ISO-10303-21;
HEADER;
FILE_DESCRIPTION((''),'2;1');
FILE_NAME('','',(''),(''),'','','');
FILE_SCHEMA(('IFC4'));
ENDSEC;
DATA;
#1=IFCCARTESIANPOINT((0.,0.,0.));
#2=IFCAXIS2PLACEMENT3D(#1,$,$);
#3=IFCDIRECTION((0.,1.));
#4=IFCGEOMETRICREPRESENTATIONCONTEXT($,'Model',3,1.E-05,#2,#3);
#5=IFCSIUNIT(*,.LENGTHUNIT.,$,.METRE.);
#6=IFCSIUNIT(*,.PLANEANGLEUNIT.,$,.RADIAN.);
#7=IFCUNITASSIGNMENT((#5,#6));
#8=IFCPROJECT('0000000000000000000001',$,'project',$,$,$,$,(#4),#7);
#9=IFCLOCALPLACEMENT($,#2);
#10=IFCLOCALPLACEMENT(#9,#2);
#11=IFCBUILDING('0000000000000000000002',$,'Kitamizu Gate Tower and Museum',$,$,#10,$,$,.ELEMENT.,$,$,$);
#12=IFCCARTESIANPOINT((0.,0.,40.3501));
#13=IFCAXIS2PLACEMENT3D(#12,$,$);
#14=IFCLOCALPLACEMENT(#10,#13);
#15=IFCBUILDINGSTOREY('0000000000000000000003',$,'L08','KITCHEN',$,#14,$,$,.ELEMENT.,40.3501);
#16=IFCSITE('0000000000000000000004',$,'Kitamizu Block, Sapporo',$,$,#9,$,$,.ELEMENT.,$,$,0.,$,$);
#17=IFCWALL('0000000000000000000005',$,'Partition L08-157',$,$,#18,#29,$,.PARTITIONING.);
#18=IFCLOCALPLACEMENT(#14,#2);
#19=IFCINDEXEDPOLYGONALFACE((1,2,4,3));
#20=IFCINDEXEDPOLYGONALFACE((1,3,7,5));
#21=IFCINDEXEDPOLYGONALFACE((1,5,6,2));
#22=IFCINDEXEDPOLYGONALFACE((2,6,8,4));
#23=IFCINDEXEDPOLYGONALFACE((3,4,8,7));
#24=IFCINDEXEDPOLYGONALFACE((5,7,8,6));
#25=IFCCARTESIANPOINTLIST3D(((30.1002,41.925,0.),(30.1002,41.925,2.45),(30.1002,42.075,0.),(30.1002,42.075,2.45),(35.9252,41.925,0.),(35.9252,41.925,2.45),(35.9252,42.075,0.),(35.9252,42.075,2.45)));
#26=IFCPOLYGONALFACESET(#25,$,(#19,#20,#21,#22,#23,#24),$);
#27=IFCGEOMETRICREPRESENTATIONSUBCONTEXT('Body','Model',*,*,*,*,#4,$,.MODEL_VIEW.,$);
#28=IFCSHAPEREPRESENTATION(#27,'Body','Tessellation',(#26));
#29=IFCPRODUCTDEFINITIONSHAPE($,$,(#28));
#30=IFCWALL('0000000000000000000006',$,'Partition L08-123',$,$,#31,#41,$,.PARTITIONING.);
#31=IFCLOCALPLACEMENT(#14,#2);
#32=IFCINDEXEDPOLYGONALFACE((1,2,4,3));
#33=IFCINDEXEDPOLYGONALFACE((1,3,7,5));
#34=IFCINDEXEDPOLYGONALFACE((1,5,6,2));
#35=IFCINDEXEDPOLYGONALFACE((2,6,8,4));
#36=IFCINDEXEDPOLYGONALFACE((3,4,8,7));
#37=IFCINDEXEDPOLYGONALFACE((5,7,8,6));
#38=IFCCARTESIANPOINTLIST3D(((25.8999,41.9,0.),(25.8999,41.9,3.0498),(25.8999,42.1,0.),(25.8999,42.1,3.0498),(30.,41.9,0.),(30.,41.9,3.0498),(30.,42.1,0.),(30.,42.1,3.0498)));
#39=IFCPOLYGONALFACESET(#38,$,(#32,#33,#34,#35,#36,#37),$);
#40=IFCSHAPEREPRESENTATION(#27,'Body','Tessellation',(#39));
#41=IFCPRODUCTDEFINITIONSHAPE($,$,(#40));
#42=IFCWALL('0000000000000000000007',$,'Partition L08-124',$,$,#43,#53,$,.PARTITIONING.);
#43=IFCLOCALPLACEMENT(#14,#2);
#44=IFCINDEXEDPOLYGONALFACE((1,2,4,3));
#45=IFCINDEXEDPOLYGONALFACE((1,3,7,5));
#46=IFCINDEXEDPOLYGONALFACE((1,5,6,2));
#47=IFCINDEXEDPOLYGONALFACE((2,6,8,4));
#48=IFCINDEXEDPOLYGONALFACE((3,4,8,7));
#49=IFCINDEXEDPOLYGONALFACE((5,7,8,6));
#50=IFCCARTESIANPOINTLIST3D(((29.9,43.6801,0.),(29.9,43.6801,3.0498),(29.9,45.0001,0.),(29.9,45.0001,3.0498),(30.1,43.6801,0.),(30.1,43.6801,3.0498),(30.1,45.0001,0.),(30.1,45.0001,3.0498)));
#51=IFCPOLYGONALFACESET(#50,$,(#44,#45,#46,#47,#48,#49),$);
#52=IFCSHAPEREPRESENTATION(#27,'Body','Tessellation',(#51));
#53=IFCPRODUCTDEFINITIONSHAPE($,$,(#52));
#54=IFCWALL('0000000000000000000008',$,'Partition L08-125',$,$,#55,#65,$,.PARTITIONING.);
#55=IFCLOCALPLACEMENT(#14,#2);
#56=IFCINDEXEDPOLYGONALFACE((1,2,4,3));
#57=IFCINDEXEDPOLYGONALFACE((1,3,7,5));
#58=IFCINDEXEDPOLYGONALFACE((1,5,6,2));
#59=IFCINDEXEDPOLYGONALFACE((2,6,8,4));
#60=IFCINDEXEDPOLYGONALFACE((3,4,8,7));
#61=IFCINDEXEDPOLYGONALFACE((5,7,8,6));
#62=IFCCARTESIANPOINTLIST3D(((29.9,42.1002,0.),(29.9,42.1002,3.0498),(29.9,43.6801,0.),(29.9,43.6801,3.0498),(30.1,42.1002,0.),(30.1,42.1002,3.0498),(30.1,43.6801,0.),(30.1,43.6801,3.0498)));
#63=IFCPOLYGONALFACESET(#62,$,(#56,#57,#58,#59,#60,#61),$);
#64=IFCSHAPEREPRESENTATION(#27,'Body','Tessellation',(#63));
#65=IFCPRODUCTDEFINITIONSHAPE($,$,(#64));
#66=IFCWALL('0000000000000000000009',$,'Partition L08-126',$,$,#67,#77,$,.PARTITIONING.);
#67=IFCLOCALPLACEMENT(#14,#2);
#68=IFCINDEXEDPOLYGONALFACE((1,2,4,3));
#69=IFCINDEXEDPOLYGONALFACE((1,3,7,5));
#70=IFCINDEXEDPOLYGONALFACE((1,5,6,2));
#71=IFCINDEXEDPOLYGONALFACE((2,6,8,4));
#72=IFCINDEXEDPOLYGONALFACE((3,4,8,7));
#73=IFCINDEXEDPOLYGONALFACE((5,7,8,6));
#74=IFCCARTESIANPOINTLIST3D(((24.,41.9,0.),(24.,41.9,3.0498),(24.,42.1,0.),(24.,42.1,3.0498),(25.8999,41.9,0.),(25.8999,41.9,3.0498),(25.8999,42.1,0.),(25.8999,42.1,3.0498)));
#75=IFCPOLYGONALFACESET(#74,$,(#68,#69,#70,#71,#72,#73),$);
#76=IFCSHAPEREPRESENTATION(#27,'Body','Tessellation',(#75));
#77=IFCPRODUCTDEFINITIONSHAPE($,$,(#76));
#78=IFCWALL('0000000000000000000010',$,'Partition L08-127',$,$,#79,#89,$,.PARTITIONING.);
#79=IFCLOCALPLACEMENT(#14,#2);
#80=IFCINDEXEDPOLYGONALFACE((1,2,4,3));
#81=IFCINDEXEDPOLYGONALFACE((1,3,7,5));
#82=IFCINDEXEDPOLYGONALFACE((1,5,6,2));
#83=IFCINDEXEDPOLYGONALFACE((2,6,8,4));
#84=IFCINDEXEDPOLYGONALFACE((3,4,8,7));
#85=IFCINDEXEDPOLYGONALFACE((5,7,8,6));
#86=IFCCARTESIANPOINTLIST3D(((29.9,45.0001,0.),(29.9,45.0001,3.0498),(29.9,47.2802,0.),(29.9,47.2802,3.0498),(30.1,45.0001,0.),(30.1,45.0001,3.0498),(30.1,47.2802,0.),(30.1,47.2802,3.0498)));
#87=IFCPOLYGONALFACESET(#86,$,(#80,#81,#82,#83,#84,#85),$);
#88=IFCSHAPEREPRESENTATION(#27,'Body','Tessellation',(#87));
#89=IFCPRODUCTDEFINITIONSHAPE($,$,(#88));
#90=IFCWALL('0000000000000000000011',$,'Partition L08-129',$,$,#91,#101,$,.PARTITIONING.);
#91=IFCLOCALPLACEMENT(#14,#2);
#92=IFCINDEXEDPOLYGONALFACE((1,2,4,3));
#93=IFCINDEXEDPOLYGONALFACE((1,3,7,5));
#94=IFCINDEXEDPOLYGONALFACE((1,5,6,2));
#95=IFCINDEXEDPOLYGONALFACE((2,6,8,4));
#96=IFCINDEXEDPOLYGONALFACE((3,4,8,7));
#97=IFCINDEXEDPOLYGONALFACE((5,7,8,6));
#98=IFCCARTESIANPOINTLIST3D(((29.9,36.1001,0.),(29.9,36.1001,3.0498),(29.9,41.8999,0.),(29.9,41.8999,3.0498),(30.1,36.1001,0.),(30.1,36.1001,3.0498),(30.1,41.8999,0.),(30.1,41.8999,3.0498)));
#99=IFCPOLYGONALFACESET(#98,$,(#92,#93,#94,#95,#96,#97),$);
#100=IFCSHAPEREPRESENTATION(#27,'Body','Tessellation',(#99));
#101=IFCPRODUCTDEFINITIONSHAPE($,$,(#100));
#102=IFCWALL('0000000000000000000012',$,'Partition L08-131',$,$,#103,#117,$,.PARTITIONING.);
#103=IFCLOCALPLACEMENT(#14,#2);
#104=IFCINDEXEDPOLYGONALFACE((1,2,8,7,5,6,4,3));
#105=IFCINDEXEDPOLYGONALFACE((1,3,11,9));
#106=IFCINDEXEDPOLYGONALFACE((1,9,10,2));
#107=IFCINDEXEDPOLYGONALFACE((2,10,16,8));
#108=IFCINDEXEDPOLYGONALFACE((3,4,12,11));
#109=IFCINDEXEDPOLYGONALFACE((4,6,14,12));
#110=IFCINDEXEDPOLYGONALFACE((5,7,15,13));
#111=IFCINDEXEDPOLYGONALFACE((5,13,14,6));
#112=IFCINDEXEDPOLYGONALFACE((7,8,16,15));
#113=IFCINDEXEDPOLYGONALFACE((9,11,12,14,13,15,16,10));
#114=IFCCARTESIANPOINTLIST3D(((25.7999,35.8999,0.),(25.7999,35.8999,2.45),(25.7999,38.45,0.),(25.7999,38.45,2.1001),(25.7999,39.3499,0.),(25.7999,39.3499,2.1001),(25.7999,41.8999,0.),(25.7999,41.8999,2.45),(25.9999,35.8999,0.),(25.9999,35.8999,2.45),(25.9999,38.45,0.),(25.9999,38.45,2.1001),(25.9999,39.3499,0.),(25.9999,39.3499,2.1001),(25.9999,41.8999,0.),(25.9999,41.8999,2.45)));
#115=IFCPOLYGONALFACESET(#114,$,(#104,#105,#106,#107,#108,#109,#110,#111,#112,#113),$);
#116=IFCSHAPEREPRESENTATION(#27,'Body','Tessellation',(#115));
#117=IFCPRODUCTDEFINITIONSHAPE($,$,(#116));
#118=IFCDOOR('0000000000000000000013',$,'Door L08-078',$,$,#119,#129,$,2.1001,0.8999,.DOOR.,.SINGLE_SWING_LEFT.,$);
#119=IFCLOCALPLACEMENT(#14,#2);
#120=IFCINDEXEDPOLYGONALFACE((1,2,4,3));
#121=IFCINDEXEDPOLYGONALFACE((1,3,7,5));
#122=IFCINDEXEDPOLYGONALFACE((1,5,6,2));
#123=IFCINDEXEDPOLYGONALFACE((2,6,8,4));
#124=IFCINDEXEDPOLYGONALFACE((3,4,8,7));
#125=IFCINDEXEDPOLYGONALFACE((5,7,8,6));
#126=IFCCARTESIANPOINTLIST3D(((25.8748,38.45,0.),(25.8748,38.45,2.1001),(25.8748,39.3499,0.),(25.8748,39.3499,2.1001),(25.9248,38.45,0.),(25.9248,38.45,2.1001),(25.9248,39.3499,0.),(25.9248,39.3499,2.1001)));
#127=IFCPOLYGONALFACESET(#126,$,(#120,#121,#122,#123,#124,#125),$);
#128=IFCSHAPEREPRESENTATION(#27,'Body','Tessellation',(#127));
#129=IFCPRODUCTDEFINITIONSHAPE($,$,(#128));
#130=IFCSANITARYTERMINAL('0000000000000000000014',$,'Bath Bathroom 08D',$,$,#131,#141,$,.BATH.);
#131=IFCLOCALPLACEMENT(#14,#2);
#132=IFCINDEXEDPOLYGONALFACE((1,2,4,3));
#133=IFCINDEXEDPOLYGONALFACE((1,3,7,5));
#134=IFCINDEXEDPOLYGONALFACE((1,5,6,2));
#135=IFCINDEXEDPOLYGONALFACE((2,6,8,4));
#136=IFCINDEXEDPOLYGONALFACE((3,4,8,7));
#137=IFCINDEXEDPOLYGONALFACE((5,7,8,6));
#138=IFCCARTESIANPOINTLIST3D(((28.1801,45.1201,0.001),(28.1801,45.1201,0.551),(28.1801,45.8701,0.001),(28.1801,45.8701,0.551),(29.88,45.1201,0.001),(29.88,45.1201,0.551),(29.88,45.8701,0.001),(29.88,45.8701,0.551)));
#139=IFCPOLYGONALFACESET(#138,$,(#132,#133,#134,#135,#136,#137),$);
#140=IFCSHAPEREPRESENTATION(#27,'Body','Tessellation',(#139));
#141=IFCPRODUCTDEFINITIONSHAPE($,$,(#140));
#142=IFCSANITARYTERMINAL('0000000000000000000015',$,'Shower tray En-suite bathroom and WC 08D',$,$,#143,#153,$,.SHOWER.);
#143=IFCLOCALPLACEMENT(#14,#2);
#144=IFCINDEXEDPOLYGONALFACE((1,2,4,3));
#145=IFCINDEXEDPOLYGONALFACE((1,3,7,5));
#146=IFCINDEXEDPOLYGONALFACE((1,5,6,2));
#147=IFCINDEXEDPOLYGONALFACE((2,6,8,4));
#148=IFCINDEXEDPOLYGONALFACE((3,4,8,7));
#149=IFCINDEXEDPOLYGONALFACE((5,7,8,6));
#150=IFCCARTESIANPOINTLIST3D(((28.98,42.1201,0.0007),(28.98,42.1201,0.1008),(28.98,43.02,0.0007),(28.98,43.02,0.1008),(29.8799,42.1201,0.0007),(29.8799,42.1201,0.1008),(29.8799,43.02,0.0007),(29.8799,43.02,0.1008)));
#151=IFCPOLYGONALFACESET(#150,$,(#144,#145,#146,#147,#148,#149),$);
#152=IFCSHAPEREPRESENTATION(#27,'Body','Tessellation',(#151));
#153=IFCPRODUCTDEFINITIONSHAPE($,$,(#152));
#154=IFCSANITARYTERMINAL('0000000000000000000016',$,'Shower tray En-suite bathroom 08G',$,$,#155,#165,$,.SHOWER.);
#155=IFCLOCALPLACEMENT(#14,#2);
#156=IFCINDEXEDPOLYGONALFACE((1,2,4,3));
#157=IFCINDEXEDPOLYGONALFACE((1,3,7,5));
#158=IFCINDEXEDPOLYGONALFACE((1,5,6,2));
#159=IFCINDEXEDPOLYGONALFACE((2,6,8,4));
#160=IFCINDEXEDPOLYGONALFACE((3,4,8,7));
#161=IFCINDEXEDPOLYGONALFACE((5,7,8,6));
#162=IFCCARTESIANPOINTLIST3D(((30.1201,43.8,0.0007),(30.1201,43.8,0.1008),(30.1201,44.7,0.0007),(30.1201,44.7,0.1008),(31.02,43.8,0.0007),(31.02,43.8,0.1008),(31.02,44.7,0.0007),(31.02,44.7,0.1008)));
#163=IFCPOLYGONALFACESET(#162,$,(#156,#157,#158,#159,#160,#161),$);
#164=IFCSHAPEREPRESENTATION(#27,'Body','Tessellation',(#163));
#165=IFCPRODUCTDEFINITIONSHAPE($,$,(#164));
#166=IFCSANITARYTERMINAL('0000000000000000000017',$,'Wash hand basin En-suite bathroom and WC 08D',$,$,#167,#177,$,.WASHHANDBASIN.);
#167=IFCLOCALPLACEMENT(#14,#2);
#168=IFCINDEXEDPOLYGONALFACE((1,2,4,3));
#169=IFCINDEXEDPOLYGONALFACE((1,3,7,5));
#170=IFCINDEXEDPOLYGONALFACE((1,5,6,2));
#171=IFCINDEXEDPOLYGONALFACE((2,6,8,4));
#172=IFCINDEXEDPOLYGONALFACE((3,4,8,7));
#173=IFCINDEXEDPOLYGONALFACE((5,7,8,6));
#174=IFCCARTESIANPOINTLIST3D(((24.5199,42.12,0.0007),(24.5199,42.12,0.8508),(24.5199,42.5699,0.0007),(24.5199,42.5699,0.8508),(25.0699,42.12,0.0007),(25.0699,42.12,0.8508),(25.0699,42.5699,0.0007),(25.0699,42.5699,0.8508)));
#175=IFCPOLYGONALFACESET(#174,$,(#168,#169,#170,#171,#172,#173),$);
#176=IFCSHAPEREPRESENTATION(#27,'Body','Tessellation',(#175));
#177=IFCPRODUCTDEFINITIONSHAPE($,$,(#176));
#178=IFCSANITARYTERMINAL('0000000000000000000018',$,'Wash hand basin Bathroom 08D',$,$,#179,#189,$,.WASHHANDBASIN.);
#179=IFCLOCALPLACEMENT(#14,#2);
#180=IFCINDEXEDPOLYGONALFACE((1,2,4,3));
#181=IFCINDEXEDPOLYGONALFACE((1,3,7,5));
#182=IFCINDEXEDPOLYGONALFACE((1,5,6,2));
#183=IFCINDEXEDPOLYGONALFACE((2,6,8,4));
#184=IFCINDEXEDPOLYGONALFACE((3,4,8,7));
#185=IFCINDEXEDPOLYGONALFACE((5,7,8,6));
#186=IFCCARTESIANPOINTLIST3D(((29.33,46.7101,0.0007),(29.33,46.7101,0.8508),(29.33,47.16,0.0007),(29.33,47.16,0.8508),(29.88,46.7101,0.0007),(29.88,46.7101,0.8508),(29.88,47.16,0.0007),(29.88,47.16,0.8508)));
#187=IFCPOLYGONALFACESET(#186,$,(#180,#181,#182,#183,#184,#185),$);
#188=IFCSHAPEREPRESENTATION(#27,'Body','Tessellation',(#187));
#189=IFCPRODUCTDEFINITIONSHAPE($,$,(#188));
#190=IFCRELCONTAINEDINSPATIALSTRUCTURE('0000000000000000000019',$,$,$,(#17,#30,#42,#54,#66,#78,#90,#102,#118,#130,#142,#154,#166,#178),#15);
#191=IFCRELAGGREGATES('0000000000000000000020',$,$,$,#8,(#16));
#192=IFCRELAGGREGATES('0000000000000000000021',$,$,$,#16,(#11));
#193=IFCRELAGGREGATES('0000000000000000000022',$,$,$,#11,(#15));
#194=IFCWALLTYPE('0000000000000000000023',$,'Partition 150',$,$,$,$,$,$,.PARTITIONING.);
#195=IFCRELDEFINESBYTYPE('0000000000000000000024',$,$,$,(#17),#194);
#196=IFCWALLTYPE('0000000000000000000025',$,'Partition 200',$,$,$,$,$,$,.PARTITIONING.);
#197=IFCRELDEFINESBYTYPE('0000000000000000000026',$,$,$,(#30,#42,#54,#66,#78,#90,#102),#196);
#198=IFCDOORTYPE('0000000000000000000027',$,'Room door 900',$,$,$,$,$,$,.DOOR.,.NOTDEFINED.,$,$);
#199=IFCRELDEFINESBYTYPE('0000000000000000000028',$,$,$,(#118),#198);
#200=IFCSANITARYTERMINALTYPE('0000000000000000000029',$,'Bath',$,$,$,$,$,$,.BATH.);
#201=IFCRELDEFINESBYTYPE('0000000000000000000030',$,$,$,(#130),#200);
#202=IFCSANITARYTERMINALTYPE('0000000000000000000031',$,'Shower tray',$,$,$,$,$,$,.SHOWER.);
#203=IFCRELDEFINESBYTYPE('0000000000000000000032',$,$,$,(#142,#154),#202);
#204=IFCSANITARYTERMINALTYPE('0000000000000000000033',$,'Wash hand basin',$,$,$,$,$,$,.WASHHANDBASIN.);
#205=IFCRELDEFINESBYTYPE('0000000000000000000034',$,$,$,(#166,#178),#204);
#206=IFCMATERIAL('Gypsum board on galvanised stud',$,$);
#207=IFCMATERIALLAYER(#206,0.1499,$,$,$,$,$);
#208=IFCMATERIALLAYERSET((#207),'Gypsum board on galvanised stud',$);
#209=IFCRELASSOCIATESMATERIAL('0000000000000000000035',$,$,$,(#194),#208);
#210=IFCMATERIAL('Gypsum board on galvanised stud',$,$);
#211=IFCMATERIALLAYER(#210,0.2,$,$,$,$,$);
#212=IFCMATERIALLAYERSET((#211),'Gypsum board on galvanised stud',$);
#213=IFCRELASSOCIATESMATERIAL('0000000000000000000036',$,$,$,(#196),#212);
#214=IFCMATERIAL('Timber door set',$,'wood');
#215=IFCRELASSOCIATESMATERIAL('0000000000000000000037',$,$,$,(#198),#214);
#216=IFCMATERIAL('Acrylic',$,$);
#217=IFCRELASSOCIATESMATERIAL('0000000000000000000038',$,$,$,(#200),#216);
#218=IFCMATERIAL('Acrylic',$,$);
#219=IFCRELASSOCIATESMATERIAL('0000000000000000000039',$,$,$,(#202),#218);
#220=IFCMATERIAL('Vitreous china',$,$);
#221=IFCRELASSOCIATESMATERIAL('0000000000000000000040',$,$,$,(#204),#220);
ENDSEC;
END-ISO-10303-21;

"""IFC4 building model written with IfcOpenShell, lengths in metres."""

from ifc_helpers import new_model, si_unit, direction, frame, frame_2d, origin, origin_2d, place, context, subcontext, project, spatial, rectangle, extrude, material, layer, layer_set, type_object, element, fill, save


model = new_model("IFC4")

# Units and contexts
model_context = context("Model", 3, precision=1e-05, world=origin(), true_north=direction((0.0, 1.0)))
body_context = subcontext(model_context, "Body", "Model", "MODEL_VIEW")
ifc_project = project(units=[si_unit("LENGTHUNIT", "METRE"), si_unit("PLANEANGLEUNIT", "RADIAN")], contexts=[model_context])

# Site, building, storey
site_placement = place(None, origin())
site = spatial("IfcSite", under=ifc_project, at=site_placement, Name="Kitamizu Block, Sapporo", CompositionType="ELEMENT", RefElevation=0.0)
building_placement = place(site_placement, origin())
building = spatial("IfcBuilding", under=site, at=building_placement, Name="Kitamizu Gate Tower and Museum", CompositionType="ELEMENT")
storey_placement = place(building_placement, frame((0.0, 0.0, 40.3501)))
storey = spatial("IfcBuildingStorey", under=building, at=storey_placement, Name="L08", Description="KITCHEN", CompositionType="ELEMENT", Elevation=40.3501)

# Shared definitions
ifc_material_1 = material(Name="Gypsum board on galvanised stud")
ifc_layer_1 = layer(ifc_material_1, 0.1499)
ifc_layer_set_1 = layer_set([ifc_layer_1], Name="Gypsum board on galvanised stud")
wall_type_1 = type_object("IfcWallType", Name="Partition 150", PredefinedType="PARTITIONING", material=ifc_layer_set_1)

# Walls
wall_1_placement = place(storey_placement, frame((30.1001, 42.0, 0.0), z_axis=(0.0, 0.0, 1.0), x_axis=(1.0, 0.0, 0.0)))
element("IfcWall", 1, at=wall_1_placement, inside=storey, type_object=wall_type_1, Name="Partition L08-157", PredefinedType="PARTITIONING", context=body_context, shape_type="SweptSolid", body=[
    extrude(rectangle(XDim=5.825, YDim=0.1499, at=frame_2d((2.9126, 0.0))), origin(), (0.0, 0.0, 1.0), 2.45),
])
ifc_material_2 = material(Name="Gypsum board on galvanised stud")
ifc_layer_2 = layer(ifc_material_2, 0.2)
ifc_layer_set_2 = layer_set([ifc_layer_2], Name="Gypsum board on galvanised stud")
wall_type_2 = type_object("IfcWallType", Name="Partition 200", PredefinedType="PARTITIONING", material=ifc_layer_set_2)
wall_2_placement = place(storey_placement, frame((25.8999, 42.0, 0.0), z_axis=(0.0, 0.0, 1.0), x_axis=(1.0, 0.0, 0.0)))
element("IfcWall", 2, at=wall_2_placement, inside=storey, type_object=wall_type_2, Name="Partition L08-123", PredefinedType="PARTITIONING", context=body_context, shape_type="SweptSolid", body=[
    extrude(rectangle(XDim=4.1001, YDim=0.2, at=frame_2d((2.05, 0.0))), origin(), (0.0, 0.0, 1.0), 3.0498),
])
wall_3_placement = place(storey_placement, frame((30.0, 43.6799, 0.0), z_axis=(0.0, 0.0, 1.0), x_axis=(0.0, 1.0, 0.0)))
element("IfcWall", 3, at=wall_3_placement, inside=storey, type_object=wall_type_2, Name="Partition L08-124", PredefinedType="PARTITIONING", context=body_context, shape_type="SweptSolid", body=[
    extrude(rectangle(XDim=1.3201, YDim=0.2, at=frame_2d((0.6602, 0.0))), origin(), (0.0, 0.0, 1.0), 3.0498),
])
wall_4_placement = place(storey_placement, frame((30.0, 42.1001, 0.0), z_axis=(0.0, 0.0, 1.0), x_axis=(0.0, 1.0, 0.0)))
element("IfcWall", 4, at=wall_4_placement, inside=storey, type_object=wall_type_2, Name="Partition L08-125", PredefinedType="PARTITIONING", context=body_context, shape_type="SweptSolid", body=[
    extrude(rectangle(XDim=1.5798, YDim=0.2, at=frame_2d((0.79, 0.0))), origin(), (0.0, 0.0, 1.0), 3.0498),
])
wall_5_placement = place(storey_placement, frame((24.0, 42.0, 0.0), z_axis=(0.0, 0.0, 1.0), x_axis=(1.0, 0.0, 0.0)))
element("IfcWall", 5, at=wall_5_placement, inside=storey, type_object=wall_type_2, Name="Partition L08-126", PredefinedType="PARTITIONING", context=body_context, shape_type="SweptSolid", body=[
    extrude(rectangle(XDim=1.8999, YDim=0.2, at=frame_2d((0.95, 0.0))), origin(), (0.0, 0.0, 1.0), 3.0498),
])
wall_6_placement = place(storey_placement, frame((30.0, 45.0, 0.0), z_axis=(0.0, 0.0, 1.0), x_axis=(0.0, 1.0, 0.0)))
element("IfcWall", 6, at=wall_6_placement, inside=storey, type_object=wall_type_2, Name="Partition L08-127", PredefinedType="PARTITIONING", context=body_context, shape_type="SweptSolid", body=[
    extrude(rectangle(XDim=2.28, YDim=0.2, at=frame_2d((1.1401, 0.0))), origin(), (0.0, 0.0, 1.0), 3.0498),
])
wall_7_placement = place(storey_placement, frame((30.0, 36.1001, 0.0), z_axis=(0.0, 0.0, 1.0), x_axis=(0.0, 1.0, 0.0)))
element("IfcWall", 7, at=wall_7_placement, inside=storey, type_object=wall_type_2, Name="Partition L08-129", PredefinedType="PARTITIONING", context=body_context, shape_type="SweptSolid", body=[
    extrude(rectangle(XDim=5.7998, YDim=0.2, at=frame_2d((2.8999, 0.0))), origin(), (0.0, 0.0, 1.0), 3.0498),
])

# Wall, opening, door
wall_8_placement = place(storey_placement, frame((25.8999, 41.8999, 0.0), z_axis=(0.0, 0.0, 1.0), x_axis=(0.0, -1.0, 0.0)))
wall_8 = element("IfcWall", 8, at=wall_8_placement, inside=storey, type_object=wall_type_2, Name="Partition L08-131", PredefinedType="PARTITIONING", context=body_context, shape_type="SweptSolid", body=[
    extrude(rectangle(XDim=6.0, YDim=0.2, at=frame_2d((3.0, 0.0))), origin(), (0.0, 0.0, 1.0), 2.45),
])
opening_1_placement = place(wall_8_placement, frame((2.55, 0.0, 0.0)))
opening_1 = element("IfcOpeningElement", 9, at=opening_1_placement, cuts=wall_8, PredefinedType="OPENING", context=body_context, shape_type="SweptSolid", body=[
    extrude(rectangle(XDim=0.8999, YDim=2.1001, at=frame_2d((0.45, 1.05))), frame((0.0, 0.1099, 0.0), z_axis=(0.0, -1.0, 0.0), x_axis=(1.0, 0.0, 0.0)), (0.0, 0.0, 1.0), 0.22),
])
ifc_material_3 = material(Name="Timber door set", Category="wood")
door_type_1 = type_object("IfcDoorType", Name="Room door 900", OperationType="NOTDEFINED", PredefinedType="DOOR", material=ifc_material_3)
door_1_placement = place(opening_1_placement, origin())
door_1 = element("IfcDoor", 10, at=door_1_placement, inside=storey, type_object=door_type_1, Name="Door L08-078", OperationType="SINGLE_SWING_LEFT", OverallHeight=2.1001, OverallWidth=0.8999, PredefinedType="DOOR", context=body_context, shape_type="SweptSolid", body=[
    extrude(rectangle(XDim=0.8999, YDim=2.1001, at=frame_2d((0.45, 1.05))), frame((0.0, 0.0249, 0.0), z_axis=(0.0, -1.0, 0.0), x_axis=(1.0, 0.0, 0.0)), (0.0, 0.0, 1.0), 0.05),
])
fill(opening_1, door_1)

# Sanitary terminals
ifc_material_4 = material(Name="Acrylic")
sanitary_terminal_type_1 = type_object("IfcSanitaryTerminalType", Name="Bath", PredefinedType="BATH", material=ifc_material_4)
sanitary_terminal_placement = place(storey_placement, frame((29.03, 45.4951, 0.001), z_axis=(0.0, 0.0, 1.0), x_axis=(1.0, 0.0, 0.0)))
element("IfcSanitaryTerminal", 11, at=sanitary_terminal_placement, inside=storey, type_object=sanitary_terminal_type_1, Name="Bath Bathroom 08D", PredefinedType="BATH", context=body_context, shape_type="SweptSolid", body=[
    extrude(rectangle(XDim=1.7, YDim=0.75, at=origin_2d()), origin(), (0.0, 0.0, 1.0), 0.55),
])
ifc_material_5 = material(Name="Acrylic")
sanitary_terminal_type_2 = type_object("IfcSanitaryTerminalType", Name="Shower tray", PredefinedType="SHOWER", material=ifc_material_5)
for number, where, z_axis, x_axis, name in (
    (12, (29.4299, 42.5701, 0.0007), (0.0, 0.0, 1.0), (1.0, 0.0, 0.0), "Shower tray En-suite bathroom and WC 08D"),
    (13, (30.5701, 44.25, 0.0007), (0.0, 0.0, 1.0), (1.0, 0.0, 0.0), "Shower tray En-suite bathroom 08G"),
):
    element("IfcSanitaryTerminal", number, at=place(storey_placement, frame(where, z_axis=z_axis, x_axis=x_axis)), inside=storey, type_object=sanitary_terminal_type_2, Name=name, PredefinedType="SHOWER", context=body_context, shape_type="SweptSolid", body=[
        extrude(rectangle(XDim=0.8999, YDim=0.8999, at=origin_2d()), origin(), (0.0, 0.0, 1.0), 0.1001),
    ])
ifc_material_6 = material(Name="Vitreous china")
sanitary_terminal_type_3 = type_object("IfcSanitaryTerminalType", Name="Wash hand basin", PredefinedType="WASHHANDBASIN", material=ifc_material_6)
for number, where, z_axis, x_axis, name in (
    (14, (24.7949, 42.345, 0.0007), (0.0, 0.0, 1.0), (1.0, 0.0, 0.0), "Wash hand basin En-suite bathroom and WC 08D"),
    (15, (29.605, 46.9351, 0.0007), (0.0, 0.0, 1.0), (1.0, 0.0, 0.0), "Wash hand basin Bathroom 08D"),
):
    element("IfcSanitaryTerminal", number, at=place(storey_placement, frame(where, z_axis=z_axis, x_axis=x_axis)), inside=storey, type_object=sanitary_terminal_type_3, Name=name, PredefinedType="WASHHANDBASIN", context=body_context, shape_type="SweptSolid", body=[
        extrude(rectangle(XDim=0.55, YDim=0.45, at=origin_2d()), origin(), (0.0, 0.0, 1.0), 0.8501),
    ])

save(model, "model.ifc")
